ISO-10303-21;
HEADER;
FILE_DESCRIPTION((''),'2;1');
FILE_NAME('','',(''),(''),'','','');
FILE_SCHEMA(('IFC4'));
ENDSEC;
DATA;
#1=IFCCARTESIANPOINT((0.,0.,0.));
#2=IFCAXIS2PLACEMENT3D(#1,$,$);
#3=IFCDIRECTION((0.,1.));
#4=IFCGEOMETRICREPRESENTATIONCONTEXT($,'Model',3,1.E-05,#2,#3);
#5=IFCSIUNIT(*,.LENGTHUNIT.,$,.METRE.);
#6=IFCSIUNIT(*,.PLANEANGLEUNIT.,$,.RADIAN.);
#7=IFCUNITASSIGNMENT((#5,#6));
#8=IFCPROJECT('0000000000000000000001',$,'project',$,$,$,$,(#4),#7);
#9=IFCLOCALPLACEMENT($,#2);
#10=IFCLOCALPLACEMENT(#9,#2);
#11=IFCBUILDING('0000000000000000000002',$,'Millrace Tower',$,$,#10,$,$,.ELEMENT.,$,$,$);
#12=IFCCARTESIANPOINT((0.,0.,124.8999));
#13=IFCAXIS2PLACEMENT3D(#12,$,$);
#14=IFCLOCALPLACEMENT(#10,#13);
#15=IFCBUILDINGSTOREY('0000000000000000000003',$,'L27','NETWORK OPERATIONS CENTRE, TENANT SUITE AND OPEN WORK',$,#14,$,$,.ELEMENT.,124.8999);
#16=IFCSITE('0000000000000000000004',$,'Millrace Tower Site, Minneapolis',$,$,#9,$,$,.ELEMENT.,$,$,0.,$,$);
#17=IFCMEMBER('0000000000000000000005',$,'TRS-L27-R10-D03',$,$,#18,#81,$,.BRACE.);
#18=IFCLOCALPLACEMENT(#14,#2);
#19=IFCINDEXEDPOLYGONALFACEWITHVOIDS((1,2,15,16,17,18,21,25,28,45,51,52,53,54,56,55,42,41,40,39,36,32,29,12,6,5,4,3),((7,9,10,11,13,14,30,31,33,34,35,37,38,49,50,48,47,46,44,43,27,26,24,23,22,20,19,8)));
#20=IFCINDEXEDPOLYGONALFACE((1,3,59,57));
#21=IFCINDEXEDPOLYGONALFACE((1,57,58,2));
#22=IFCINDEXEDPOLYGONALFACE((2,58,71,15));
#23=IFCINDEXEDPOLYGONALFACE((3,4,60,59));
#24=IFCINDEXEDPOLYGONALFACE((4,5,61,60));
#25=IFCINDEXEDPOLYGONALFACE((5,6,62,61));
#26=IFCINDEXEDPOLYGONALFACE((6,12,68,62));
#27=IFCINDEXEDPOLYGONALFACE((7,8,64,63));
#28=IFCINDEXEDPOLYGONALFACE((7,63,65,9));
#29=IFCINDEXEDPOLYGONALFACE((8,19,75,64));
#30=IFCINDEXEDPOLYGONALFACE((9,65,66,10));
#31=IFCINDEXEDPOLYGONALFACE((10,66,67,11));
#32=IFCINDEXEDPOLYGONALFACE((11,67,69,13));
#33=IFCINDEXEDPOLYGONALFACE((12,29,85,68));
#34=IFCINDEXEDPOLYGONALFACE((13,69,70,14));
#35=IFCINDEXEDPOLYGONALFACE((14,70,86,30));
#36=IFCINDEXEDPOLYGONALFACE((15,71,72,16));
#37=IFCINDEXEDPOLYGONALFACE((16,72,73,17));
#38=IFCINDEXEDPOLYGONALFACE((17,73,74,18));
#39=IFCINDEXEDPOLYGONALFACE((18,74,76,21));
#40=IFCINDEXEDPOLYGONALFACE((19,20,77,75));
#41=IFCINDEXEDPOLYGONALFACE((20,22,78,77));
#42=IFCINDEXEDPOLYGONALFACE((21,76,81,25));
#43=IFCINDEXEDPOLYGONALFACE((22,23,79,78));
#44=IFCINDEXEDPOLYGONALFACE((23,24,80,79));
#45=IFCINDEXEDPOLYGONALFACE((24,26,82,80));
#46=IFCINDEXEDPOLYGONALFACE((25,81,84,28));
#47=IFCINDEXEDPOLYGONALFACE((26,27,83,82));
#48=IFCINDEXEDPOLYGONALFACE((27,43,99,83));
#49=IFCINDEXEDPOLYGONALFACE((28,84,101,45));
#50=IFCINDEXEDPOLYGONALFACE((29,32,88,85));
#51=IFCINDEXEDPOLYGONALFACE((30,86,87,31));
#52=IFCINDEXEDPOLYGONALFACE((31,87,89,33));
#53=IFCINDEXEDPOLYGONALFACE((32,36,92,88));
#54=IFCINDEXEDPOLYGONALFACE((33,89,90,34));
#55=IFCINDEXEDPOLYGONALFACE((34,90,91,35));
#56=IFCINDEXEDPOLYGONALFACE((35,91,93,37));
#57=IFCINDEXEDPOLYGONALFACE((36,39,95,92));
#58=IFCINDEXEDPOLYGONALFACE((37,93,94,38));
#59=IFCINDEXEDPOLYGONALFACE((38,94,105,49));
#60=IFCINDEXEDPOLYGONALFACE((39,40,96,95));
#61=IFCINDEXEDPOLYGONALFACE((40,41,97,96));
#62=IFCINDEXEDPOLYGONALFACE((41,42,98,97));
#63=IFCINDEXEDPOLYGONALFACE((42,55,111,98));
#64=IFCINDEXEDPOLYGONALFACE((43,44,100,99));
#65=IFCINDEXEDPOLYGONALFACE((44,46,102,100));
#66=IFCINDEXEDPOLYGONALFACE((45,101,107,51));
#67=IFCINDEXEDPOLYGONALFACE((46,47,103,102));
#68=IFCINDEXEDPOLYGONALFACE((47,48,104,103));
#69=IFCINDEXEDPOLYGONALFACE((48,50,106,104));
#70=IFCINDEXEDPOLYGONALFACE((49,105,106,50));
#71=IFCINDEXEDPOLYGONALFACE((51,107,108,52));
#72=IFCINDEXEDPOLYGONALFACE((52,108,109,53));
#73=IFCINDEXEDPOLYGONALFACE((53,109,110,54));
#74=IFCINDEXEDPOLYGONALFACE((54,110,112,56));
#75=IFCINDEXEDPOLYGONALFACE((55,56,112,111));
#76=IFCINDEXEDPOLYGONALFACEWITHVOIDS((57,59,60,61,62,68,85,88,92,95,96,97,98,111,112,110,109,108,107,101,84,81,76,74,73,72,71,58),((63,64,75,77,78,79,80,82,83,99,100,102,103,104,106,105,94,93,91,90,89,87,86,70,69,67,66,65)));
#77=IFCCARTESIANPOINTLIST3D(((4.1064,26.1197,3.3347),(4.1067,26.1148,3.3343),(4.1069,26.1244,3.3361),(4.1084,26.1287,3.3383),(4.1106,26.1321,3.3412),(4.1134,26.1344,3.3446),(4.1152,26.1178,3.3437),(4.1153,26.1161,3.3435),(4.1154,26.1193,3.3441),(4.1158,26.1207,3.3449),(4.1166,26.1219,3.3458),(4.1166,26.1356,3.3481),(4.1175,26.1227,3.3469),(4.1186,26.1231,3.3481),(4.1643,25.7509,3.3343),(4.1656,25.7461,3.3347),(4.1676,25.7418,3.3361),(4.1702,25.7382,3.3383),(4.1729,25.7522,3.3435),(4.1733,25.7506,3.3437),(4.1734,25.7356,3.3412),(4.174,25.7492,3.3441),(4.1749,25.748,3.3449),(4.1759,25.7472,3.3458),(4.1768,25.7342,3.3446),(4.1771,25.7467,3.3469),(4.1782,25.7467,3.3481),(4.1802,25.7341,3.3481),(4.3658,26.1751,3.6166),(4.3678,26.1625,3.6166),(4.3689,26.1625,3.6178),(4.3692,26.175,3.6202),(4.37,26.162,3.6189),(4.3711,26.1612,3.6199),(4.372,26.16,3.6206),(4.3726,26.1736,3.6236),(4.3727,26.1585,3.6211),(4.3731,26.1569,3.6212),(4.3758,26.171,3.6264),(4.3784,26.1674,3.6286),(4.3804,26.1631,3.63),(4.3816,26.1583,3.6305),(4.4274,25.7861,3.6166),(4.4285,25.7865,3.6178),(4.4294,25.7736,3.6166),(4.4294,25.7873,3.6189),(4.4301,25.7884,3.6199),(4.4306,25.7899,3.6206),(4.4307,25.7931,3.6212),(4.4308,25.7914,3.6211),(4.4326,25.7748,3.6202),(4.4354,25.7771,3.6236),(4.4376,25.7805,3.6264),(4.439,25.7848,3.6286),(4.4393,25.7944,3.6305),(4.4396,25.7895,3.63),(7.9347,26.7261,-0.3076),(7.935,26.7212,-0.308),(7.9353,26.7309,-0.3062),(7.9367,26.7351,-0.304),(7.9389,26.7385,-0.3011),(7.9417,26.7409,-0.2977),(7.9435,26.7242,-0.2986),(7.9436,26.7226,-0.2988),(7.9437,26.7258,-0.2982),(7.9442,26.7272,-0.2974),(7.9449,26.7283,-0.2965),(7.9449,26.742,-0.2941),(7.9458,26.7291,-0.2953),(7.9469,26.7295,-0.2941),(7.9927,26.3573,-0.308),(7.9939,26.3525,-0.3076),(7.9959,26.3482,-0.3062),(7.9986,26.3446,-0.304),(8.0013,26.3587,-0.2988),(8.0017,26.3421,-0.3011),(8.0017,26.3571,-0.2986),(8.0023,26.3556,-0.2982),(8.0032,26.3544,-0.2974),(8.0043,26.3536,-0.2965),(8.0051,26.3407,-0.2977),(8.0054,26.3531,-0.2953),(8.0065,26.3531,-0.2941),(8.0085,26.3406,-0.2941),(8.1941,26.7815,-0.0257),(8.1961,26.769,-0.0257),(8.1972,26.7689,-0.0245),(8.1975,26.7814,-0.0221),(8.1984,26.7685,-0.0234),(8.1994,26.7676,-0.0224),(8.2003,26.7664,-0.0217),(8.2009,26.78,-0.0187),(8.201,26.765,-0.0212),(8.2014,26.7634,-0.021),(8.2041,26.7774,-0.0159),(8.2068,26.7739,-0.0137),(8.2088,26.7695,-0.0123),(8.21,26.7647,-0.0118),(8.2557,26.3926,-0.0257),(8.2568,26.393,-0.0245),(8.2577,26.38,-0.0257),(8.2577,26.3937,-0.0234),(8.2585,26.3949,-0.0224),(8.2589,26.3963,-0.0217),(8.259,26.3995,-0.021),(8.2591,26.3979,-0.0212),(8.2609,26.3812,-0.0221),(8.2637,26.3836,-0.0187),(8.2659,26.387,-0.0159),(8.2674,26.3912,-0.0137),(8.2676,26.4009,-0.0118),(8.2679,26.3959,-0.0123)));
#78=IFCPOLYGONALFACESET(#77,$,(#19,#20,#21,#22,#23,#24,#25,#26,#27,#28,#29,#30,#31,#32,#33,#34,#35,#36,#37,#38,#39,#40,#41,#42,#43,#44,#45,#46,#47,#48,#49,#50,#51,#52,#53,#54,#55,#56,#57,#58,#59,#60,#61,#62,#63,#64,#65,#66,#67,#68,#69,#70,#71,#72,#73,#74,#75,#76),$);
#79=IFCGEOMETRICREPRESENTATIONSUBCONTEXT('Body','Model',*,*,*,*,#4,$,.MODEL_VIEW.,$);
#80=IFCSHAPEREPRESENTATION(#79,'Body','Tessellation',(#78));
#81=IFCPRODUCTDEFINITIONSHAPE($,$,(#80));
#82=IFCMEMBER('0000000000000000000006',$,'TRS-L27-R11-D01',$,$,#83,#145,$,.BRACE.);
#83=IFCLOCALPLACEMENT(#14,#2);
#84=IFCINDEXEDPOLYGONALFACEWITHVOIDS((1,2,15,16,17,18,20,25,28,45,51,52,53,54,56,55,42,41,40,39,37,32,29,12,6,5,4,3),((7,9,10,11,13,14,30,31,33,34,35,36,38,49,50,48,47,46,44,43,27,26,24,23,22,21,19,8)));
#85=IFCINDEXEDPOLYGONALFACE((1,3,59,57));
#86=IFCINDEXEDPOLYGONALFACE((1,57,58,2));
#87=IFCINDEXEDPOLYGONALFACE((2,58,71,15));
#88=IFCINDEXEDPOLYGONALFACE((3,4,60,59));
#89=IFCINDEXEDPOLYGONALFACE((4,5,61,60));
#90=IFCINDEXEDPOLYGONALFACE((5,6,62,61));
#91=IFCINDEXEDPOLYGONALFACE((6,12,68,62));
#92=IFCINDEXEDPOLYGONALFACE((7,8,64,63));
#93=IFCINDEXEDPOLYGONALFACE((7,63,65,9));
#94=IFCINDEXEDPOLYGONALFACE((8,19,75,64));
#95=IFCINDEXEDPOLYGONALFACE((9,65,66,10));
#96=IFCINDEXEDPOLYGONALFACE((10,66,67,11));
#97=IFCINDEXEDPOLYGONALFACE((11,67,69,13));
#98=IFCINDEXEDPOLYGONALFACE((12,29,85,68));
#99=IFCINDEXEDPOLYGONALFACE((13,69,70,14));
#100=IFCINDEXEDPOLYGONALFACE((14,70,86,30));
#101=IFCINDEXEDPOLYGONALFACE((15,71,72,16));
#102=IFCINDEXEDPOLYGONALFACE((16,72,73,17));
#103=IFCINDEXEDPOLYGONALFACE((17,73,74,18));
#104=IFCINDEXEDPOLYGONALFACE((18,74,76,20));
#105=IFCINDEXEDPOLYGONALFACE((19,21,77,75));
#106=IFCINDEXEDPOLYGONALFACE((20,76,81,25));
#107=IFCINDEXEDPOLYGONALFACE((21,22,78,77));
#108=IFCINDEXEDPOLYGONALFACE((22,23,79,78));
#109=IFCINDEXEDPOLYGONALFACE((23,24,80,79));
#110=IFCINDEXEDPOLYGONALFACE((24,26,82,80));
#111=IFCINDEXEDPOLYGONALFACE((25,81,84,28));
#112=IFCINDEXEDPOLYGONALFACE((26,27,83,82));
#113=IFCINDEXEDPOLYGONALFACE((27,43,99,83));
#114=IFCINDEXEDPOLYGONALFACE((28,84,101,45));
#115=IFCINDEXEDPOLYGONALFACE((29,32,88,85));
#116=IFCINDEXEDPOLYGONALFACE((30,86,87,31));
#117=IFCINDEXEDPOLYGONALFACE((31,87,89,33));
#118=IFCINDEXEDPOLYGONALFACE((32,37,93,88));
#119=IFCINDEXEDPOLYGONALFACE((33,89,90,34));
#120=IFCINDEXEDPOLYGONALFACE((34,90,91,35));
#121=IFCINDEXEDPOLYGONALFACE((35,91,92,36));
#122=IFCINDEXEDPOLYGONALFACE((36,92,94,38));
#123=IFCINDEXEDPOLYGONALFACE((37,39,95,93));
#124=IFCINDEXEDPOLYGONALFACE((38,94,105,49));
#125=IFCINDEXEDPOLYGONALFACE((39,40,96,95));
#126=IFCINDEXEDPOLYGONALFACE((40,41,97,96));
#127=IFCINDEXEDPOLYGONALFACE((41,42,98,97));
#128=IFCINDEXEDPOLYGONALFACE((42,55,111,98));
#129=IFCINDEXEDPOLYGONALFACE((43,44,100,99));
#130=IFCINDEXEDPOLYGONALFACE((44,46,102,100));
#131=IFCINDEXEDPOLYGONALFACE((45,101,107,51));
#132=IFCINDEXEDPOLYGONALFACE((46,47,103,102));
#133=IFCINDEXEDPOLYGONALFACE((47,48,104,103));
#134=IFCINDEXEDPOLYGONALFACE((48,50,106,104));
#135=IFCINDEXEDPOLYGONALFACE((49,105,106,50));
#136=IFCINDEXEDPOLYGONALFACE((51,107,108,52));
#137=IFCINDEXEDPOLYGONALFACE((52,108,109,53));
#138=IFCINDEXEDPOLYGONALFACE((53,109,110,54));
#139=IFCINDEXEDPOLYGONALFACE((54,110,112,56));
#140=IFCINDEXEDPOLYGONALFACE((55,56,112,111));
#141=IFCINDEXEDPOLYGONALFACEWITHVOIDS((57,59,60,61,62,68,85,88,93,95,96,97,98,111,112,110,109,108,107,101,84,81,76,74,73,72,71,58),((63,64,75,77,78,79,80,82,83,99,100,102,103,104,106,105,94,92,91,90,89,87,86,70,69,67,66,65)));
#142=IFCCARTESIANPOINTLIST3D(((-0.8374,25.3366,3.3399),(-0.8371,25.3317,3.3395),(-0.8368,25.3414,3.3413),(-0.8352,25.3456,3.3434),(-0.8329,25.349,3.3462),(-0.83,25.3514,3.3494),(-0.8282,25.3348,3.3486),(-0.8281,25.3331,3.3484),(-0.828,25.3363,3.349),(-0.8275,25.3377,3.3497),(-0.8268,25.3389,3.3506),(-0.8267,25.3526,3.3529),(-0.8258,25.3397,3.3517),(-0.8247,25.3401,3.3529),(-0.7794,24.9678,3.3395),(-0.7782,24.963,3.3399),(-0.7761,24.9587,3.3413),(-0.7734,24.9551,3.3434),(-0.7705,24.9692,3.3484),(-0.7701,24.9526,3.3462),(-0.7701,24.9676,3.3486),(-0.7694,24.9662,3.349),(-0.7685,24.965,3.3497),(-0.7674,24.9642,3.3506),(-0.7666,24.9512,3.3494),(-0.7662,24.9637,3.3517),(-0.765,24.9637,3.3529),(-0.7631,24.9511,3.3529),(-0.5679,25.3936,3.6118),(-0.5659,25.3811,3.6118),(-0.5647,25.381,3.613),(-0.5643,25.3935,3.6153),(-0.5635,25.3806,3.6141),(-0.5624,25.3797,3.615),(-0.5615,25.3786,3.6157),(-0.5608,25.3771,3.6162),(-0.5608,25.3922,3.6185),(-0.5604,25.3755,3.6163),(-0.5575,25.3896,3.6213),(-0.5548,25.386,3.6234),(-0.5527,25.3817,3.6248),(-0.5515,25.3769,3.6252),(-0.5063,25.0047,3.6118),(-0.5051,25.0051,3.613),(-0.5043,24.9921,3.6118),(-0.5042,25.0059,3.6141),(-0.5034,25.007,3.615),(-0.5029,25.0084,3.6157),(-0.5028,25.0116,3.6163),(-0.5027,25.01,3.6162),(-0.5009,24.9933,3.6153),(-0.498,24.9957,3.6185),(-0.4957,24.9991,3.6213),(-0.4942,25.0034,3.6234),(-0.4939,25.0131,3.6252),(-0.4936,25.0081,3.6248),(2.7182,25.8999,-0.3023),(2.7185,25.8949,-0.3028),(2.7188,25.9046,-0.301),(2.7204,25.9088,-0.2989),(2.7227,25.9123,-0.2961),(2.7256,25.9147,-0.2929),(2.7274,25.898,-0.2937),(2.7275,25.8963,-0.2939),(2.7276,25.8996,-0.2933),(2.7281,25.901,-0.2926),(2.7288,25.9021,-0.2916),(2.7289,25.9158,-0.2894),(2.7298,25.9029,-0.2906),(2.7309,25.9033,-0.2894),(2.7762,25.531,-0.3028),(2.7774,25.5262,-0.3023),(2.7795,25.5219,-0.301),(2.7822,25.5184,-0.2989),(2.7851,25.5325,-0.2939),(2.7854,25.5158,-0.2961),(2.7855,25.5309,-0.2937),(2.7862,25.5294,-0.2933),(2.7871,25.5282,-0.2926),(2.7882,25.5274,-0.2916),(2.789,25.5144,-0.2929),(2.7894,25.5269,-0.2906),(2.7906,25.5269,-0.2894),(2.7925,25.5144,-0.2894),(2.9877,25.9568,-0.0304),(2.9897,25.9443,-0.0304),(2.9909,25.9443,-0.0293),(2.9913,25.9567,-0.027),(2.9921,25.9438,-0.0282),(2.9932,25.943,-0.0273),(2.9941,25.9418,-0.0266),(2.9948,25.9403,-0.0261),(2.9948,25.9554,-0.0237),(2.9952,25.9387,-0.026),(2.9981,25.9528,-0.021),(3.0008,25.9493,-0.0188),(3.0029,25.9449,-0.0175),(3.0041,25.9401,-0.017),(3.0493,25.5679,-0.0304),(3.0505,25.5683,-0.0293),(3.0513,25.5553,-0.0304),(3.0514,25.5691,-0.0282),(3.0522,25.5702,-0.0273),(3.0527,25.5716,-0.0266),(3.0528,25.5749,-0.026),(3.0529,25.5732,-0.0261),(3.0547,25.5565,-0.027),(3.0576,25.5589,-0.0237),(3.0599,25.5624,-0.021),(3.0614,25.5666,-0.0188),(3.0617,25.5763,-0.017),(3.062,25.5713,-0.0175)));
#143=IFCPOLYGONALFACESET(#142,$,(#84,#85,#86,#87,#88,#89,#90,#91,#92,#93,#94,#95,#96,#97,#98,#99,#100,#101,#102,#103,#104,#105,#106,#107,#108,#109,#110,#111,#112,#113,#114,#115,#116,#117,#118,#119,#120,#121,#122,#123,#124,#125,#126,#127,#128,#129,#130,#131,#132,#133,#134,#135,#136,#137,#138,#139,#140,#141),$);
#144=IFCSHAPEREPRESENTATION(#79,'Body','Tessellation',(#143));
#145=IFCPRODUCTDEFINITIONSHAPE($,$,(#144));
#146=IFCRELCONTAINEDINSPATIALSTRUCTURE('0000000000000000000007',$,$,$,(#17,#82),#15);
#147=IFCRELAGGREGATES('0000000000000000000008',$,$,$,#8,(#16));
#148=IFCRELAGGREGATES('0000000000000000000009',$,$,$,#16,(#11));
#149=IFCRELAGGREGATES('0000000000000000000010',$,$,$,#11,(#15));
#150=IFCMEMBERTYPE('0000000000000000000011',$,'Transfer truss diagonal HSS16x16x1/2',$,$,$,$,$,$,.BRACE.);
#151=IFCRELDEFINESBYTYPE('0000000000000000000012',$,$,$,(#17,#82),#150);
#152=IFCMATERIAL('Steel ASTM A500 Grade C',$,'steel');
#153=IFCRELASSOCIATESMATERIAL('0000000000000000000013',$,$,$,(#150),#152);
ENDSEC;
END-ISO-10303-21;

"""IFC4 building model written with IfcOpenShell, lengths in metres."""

from ifc_helpers import new_model, si_unit, direction, frame, origin, origin_2d, place, context, subcontext, project, spatial, hollow_rectangle, extrude, material, material_profile, profile_set, type_object, element, save


model = new_model("IFC4")

# Units and contexts
model_context = context("Model", 3, precision=1e-05, world=origin(), true_north=direction((0.0, 1.0)))
body_context = subcontext(model_context, "Body", "Model", "MODEL_VIEW")
ifc_project = project(units=[si_unit("LENGTHUNIT", "METRE"), si_unit("PLANEANGLEUNIT", "RADIAN")], contexts=[model_context])

# Site, building, storey
site_placement = place(None, origin())
site = spatial("IfcSite", under=ifc_project, at=site_placement, Name="Millrace Tower Site, Minneapolis", CompositionType="ELEMENT", RefElevation=0.0)
building_placement = place(site_placement, origin())
building = spatial("IfcBuilding", under=site, at=building_placement, Name="Millrace Tower", CompositionType="ELEMENT")
storey_placement = place(building_placement, frame((0.0, 0.0, 124.8999)))
storey = spatial("IfcBuildingStorey", under=building, at=storey_placement, Name="L27", Description="NETWORK OPERATIONS CENTRE, TENANT SUITE AND OPEN WORK", CompositionType="ELEMENT", Elevation=124.8999)

# Members
ifc_material_1 = material(Name="Steel ASTM A500 Grade C", Category="steel")
ifc_material_profile_1 = material_profile(ifc_material_1, hollow_rectangle(XDim=0.4065, YDim=0.4065, WallThickness=0.0127, InnerFilletRadius=0.0063, OuterFilletRadius=0.019, at=origin_2d()))
ifc_profile_set_1 = profile_set([ifc_material_profile_1], Name="Steel ASTM A500 Grade C")
member_type_1 = type_object("IfcMemberType", Name="Transfer truss diagonal HSS16x16x1/2", PredefinedType="BRACE", material=ifc_profile_set_1)
member_1_placement = place(storey_placement, frame((8.1013, 26.561, -0.1599), z_axis=(-0.719766, -0.114017, 0.68479), x_axis=(0.156457, -0.987685, 0.0)))
element("IfcMember", 1, at=member_1_placement, inside=storey, type_object=member_type_1, Name="TRS-L27-R10-D03", PredefinedType="BRACE", context=body_context, shape_type="SweptSolid", body=[
    extrude(hollow_rectangle(XDim=0.4065, YDim=0.4065, WallThickness=0.0127, InnerFilletRadius=0.0063, OuterFilletRadius=0.019, at=origin_2d()), origin(), (0.0, 0.0, 1.0), 5.3188),
])
member_2_placement = place(storey_placement, frame((2.8901, 25.7356, -0.1599), z_axis=(-0.694304, -0.109981, 0.711228), x_axis=(0.156454, -0.987685, 0.0)))
element("IfcMember", 2, at=member_2_placement, inside=storey, type_object=member_type_1, Name="TRS-L27-R11-D01", PredefinedType="BRACE", context=body_context, shape_type="SweptSolid", body=[
    extrude(hollow_rectangle(XDim=0.4065, YDim=0.4065, WallThickness=0.0127, InnerFilletRadius=0.0063, OuterFilletRadius=0.019, at=origin_2d()), origin(), (0.0, 0.0, 1.0), 5.1211),
])

save(model, "model.ifc")
